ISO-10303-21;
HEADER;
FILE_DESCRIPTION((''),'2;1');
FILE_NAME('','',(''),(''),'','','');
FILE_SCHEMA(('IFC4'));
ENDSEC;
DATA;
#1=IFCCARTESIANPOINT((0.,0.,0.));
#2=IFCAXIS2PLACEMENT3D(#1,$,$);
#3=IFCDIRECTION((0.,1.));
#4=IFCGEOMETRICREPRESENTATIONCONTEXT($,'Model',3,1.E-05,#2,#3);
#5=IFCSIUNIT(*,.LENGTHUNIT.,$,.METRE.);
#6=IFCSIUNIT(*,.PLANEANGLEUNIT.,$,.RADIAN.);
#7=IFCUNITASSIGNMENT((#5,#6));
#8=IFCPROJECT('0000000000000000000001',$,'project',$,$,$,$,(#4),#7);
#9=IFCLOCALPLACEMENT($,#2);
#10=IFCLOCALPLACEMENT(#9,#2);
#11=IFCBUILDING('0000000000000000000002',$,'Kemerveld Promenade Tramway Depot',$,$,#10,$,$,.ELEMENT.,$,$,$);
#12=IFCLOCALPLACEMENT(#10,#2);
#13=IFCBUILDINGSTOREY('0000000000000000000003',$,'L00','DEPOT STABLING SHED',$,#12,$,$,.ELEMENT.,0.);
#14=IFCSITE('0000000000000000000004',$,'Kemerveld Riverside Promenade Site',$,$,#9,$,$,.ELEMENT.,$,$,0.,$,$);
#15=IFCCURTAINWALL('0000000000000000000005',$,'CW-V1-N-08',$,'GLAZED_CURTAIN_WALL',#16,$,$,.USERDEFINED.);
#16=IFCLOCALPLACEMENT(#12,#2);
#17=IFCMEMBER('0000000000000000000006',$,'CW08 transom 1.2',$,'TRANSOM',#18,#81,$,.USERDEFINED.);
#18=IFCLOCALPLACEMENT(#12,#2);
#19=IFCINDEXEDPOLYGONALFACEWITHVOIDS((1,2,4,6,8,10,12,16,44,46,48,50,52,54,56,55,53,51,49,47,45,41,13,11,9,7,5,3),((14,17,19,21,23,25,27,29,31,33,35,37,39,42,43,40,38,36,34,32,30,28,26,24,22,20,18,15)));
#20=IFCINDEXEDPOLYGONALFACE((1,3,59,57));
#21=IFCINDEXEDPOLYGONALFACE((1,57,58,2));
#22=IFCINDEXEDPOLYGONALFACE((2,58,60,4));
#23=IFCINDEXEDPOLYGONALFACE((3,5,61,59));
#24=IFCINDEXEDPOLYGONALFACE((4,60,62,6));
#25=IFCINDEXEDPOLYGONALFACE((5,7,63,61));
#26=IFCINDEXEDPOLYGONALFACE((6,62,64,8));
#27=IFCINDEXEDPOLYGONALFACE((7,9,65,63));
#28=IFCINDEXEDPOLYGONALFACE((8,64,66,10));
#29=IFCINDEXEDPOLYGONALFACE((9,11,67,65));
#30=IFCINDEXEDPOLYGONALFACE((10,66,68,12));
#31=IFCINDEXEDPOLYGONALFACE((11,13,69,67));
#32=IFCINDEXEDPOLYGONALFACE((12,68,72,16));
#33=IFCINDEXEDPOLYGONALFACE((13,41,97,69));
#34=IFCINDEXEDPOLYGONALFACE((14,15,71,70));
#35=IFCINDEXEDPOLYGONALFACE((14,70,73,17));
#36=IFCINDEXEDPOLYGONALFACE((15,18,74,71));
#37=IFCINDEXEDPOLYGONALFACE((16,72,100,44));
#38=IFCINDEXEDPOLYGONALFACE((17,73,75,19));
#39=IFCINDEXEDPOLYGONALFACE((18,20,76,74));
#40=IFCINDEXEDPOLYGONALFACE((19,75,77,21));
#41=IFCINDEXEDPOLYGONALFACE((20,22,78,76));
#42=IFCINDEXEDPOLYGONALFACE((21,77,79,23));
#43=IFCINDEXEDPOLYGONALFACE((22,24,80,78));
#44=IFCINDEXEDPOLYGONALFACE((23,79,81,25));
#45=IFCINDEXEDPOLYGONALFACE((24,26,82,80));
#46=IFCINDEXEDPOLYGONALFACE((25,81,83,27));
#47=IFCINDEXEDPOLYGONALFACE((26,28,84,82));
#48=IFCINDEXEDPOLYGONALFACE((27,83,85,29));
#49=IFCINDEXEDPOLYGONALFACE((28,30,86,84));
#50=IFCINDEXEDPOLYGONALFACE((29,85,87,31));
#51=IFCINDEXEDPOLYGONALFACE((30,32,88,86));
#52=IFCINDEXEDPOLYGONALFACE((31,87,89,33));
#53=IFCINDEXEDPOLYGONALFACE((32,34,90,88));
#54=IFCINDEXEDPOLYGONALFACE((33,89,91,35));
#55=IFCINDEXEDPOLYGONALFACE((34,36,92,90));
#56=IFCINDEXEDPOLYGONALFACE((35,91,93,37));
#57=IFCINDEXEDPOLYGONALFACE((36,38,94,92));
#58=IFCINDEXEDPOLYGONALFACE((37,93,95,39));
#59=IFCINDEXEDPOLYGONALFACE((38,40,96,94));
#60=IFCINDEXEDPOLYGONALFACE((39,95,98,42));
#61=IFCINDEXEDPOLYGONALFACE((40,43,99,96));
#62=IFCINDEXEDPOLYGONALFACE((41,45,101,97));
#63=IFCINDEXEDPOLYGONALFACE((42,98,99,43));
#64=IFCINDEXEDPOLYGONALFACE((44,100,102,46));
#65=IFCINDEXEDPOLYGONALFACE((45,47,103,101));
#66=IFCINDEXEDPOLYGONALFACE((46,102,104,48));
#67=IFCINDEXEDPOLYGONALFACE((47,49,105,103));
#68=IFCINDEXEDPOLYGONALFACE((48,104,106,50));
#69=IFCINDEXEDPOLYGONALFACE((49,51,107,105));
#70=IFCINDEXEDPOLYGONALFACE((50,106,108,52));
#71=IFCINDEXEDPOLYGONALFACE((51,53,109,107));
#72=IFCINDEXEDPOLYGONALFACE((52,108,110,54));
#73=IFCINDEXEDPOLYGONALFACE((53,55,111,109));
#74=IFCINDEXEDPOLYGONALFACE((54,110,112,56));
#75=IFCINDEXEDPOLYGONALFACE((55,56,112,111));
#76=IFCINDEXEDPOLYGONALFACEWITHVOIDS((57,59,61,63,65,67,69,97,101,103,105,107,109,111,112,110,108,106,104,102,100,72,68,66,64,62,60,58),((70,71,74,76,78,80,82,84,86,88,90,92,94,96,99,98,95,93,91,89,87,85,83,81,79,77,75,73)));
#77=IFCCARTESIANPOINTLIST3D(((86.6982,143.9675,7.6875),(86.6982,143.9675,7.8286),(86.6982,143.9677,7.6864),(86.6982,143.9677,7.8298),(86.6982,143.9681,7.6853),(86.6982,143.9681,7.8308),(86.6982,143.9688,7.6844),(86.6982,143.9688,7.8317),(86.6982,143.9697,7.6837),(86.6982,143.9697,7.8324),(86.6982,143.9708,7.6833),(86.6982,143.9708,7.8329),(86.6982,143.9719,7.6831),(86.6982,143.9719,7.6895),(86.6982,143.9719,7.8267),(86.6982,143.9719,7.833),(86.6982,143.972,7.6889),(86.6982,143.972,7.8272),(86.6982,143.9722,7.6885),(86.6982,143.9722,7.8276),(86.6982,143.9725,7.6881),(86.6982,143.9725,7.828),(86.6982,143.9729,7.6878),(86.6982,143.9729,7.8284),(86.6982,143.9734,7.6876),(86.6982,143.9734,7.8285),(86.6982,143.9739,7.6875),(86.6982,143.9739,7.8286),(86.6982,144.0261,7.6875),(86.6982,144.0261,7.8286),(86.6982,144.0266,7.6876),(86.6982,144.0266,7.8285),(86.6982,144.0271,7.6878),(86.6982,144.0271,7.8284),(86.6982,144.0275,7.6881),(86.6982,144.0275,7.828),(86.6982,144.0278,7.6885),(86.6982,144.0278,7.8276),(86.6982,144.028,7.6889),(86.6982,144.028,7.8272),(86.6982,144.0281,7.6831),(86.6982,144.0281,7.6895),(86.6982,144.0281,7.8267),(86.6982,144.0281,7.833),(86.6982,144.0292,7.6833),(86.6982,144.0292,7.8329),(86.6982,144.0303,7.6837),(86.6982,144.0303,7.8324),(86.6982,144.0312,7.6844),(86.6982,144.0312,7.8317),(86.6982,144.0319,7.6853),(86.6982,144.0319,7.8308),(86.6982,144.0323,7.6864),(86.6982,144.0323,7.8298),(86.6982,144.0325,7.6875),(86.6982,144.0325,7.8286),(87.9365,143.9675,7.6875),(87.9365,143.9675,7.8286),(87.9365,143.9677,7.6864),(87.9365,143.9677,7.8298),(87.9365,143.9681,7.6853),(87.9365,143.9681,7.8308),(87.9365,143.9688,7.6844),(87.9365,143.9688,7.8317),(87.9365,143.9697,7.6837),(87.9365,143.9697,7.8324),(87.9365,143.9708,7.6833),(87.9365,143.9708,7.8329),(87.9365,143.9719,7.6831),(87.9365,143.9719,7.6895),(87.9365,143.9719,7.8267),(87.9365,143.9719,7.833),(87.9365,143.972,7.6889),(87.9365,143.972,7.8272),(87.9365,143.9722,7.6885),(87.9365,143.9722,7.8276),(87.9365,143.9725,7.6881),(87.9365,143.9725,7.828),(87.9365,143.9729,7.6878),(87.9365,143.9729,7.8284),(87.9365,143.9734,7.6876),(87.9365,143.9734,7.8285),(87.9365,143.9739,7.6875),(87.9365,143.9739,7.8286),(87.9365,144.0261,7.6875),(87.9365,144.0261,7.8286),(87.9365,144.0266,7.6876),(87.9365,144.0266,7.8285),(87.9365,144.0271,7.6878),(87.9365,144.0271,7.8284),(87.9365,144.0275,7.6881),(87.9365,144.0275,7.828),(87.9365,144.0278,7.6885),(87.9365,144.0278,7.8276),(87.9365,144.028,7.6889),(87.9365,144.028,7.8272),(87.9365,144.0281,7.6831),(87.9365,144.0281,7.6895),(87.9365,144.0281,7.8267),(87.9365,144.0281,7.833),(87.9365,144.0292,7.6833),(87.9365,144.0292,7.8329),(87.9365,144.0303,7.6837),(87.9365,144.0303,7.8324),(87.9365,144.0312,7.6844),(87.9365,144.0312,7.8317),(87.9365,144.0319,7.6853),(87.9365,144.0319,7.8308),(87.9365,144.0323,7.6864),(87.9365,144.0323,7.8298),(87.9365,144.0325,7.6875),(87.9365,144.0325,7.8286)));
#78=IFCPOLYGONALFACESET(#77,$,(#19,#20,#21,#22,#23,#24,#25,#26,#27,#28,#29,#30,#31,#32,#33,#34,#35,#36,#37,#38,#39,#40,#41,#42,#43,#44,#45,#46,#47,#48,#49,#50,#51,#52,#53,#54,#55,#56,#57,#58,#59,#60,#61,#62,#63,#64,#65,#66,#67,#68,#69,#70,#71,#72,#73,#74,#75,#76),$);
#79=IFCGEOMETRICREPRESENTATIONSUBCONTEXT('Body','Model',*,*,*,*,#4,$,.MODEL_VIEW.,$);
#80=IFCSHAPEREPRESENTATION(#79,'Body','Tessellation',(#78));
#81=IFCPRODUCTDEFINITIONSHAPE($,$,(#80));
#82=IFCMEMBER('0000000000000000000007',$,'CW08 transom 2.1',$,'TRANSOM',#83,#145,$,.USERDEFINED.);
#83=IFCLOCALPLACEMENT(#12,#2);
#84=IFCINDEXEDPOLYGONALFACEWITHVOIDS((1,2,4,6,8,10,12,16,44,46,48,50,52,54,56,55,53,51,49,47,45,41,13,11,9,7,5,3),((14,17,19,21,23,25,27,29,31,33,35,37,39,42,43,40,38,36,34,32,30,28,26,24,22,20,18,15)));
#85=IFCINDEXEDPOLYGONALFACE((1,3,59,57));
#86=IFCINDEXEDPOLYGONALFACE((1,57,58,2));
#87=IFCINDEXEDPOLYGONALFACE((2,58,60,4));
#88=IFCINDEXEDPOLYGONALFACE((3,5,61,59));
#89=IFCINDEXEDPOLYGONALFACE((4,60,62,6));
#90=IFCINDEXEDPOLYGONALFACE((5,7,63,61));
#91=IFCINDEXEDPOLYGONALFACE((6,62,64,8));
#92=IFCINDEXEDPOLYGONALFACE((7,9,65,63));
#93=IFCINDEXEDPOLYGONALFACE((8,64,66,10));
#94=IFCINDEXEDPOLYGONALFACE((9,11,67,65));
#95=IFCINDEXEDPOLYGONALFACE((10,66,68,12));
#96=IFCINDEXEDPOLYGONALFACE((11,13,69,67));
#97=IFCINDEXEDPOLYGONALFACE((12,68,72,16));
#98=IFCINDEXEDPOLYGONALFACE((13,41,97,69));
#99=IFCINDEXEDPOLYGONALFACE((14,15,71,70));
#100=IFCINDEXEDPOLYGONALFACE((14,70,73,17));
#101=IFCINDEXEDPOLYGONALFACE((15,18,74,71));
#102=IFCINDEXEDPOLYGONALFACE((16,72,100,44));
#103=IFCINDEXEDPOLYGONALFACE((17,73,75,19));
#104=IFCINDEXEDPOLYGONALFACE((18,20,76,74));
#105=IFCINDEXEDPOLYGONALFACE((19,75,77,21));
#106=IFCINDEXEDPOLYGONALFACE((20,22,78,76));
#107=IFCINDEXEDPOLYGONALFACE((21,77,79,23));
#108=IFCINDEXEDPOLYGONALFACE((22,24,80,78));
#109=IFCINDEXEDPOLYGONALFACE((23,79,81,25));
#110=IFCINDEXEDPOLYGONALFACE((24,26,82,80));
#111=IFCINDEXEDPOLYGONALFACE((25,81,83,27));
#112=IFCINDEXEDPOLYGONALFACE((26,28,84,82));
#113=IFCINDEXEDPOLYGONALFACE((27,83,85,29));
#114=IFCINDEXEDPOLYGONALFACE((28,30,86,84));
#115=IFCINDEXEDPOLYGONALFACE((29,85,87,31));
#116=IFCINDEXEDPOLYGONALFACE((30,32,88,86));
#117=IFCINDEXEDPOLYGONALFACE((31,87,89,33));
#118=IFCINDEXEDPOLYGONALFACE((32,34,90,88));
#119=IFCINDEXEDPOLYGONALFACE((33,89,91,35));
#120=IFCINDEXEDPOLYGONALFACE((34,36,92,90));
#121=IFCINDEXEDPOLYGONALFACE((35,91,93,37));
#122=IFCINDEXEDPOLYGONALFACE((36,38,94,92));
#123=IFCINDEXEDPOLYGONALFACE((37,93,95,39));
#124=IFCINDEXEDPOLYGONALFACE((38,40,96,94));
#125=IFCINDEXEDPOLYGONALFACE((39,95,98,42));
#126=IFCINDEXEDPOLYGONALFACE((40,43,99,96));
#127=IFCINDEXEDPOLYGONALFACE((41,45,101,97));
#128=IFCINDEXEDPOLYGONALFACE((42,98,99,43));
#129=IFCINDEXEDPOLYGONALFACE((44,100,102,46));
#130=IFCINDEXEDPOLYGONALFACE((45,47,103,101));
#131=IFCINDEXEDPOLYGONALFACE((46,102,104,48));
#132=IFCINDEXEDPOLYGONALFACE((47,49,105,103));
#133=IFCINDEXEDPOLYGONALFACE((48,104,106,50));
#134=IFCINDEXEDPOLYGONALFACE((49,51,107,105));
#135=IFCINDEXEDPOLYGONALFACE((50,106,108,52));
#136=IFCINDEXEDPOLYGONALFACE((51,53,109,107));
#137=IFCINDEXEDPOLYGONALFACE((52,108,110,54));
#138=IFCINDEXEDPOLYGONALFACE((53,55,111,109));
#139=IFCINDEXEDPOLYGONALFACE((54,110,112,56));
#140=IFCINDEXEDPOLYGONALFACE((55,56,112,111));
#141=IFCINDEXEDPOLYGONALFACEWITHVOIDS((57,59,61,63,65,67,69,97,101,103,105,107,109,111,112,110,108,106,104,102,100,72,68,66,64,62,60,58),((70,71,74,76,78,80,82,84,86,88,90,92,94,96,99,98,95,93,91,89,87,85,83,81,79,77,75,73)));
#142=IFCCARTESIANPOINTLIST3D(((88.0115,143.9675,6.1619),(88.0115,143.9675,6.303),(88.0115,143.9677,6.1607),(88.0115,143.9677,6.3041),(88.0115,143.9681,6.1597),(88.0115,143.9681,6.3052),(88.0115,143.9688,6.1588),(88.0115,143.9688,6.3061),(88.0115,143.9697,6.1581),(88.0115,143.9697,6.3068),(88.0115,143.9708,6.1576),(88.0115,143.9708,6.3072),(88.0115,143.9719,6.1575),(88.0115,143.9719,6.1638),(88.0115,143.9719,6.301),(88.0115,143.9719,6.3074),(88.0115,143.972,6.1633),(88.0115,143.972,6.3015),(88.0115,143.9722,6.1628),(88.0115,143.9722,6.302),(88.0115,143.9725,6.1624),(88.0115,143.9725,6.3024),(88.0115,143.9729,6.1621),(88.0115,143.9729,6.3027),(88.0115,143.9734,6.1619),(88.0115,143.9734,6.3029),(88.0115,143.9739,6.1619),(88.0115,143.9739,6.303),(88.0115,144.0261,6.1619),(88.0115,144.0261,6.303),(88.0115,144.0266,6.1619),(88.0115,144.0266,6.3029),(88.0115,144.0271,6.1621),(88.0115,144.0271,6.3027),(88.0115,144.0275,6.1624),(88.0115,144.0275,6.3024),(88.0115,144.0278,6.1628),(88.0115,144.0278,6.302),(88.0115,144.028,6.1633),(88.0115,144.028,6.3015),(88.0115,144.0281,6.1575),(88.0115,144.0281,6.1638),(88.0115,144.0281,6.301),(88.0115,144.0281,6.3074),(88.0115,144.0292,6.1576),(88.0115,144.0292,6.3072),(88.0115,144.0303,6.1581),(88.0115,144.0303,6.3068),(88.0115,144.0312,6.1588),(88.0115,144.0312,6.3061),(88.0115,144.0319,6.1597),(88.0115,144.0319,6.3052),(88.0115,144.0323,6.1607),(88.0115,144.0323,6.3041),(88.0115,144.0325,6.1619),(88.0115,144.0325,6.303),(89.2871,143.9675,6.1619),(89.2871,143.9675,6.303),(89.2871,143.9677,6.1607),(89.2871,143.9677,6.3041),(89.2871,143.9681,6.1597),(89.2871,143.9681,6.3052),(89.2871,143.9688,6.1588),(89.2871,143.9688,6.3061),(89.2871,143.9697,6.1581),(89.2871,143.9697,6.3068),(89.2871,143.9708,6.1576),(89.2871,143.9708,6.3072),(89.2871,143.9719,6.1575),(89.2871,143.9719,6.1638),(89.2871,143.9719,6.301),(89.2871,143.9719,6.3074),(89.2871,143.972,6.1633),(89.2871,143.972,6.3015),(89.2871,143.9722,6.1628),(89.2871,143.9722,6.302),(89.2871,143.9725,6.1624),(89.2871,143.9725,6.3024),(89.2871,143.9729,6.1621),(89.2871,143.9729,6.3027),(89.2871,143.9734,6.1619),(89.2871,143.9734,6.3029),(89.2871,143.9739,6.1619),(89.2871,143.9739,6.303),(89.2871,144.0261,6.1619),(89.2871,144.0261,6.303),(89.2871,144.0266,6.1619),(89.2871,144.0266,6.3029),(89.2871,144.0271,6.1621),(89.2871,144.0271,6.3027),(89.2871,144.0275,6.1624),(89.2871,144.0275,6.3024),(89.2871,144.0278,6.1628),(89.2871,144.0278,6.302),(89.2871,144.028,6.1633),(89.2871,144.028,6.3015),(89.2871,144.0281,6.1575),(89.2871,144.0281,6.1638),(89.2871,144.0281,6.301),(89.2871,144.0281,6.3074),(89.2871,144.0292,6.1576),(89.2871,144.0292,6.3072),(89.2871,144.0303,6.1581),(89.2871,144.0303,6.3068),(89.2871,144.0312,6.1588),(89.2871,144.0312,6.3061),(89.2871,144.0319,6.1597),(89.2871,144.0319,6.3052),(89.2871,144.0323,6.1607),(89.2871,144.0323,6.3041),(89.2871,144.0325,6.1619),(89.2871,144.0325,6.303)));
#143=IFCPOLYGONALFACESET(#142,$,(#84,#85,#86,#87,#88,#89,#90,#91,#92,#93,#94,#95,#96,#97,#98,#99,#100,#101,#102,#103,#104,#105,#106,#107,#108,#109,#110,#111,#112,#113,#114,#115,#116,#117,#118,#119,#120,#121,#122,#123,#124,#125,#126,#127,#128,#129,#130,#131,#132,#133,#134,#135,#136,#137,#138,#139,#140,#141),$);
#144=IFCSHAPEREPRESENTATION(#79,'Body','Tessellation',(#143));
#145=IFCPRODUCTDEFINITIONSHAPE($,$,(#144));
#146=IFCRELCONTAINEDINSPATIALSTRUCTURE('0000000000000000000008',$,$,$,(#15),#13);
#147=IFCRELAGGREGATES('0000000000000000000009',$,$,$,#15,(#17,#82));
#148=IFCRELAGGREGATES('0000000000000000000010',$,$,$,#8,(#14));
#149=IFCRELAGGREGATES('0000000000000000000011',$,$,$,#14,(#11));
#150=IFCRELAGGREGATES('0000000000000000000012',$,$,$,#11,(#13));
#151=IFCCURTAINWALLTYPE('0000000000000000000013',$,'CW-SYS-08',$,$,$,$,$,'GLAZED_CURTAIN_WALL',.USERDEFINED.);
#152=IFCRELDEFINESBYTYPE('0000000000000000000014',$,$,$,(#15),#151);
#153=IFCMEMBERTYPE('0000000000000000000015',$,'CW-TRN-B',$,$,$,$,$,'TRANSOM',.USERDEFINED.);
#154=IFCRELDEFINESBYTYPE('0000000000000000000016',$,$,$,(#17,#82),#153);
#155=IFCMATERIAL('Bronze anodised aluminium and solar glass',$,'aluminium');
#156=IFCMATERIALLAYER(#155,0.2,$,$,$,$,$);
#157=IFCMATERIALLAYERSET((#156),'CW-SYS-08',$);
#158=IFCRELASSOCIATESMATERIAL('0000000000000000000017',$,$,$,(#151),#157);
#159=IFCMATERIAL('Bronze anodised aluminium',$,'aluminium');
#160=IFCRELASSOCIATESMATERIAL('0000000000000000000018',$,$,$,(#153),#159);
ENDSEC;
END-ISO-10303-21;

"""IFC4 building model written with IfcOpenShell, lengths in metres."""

from ifc_helpers import new_model, si_unit, direction, frame, origin, origin_2d, place, context, subcontext, project, spatial, hollow_rectangle, extrude, material, layer, layer_set, material_profile, profile_set, type_object, element, aggregate, save


model = new_model("IFC4")

# Units and contexts
model_context = context("Model", 3, precision=1e-05, world=origin(), true_north=direction((0.0, 1.0)))
body_context = subcontext(model_context, "Body", "Model", "MODEL_VIEW")
ifc_project = project(units=[si_unit("LENGTHUNIT", "METRE"), si_unit("PLANEANGLEUNIT", "RADIAN")], contexts=[model_context])

# Site, building, storey
site_placement = place(None, origin())
site = spatial("IfcSite", under=ifc_project, at=site_placement, Name="Kemerveld Riverside Promenade Site", CompositionType="ELEMENT", RefElevation=0.0)
building_placement = place(site_placement, origin())
building = spatial("IfcBuilding", under=site, at=building_placement, Name="Kemerveld Promenade Tramway Depot", CompositionType="ELEMENT")
storey_placement = place(building_placement, origin())
storey = spatial("IfcBuildingStorey", under=building, at=storey_placement, Name="L00", Description="DEPOT STABLING SHED", CompositionType="ELEMENT", Elevation=0.0)

# Shared definitions
ifc_material_1 = material(Name="Bronze anodised aluminium and solar glass", Category="aluminium")
ifc_material_2 = material(Name="Bronze anodised aluminium", Category="aluminium")

# Curtain wall
ifc_layer_1 = layer(ifc_material_1, 0.2)
ifc_layer_set_1 = layer_set([ifc_layer_1], Name="CW-SYS-08")
curtain_wall_type_1 = type_object("IfcCurtainWallType", Name="CW-SYS-08", ElementType="GLAZED_CURTAIN_WALL", PredefinedType="USERDEFINED", material=ifc_layer_set_1)
curtain_wall_1_placement = place(storey_placement, origin())
curtain_wall_1 = element("IfcCurtainWall", 1, at=curtain_wall_1_placement, inside=storey, type_object=curtain_wall_type_1, Name="CW-V1-N-08", ObjectType="GLAZED_CURTAIN_WALL", PredefinedType="USERDEFINED")

# Members
ifc_material_profile_1 = material_profile(ifc_material_2, hollow_rectangle(XDim=0.0649, YDim=0.1499, WallThickness=0.0044, InnerFilletRadius=0.002, OuterFilletRadius=0.0044, at=origin_2d()), Name="CW-TRN-150x65")
ifc_profile_set_1 = profile_set([ifc_material_profile_1], Name="Bronze anodised aluminium")
member_type_1 = type_object("IfcMemberType", Name="CW-TRN-B", ElementType="TRANSOM", PredefinedType="USERDEFINED", material=ifc_profile_set_1)
member_1_placement = place(storey_placement, frame((86.6982, 144.0, 7.7581), z_axis=(1.0, 0.0, 0.0), x_axis=(0.0, 1.0, 0.0)))
member_1 = element("IfcMember", 2, at=member_1_placement, type_object=member_type_1, Name="CW08 transom 1.2", ObjectType="TRANSOM", PredefinedType="USERDEFINED", context=body_context, shape_type="SweptSolid", body=[
    extrude(hollow_rectangle(XDim=0.0649, YDim=0.1499, WallThickness=0.0044, InnerFilletRadius=0.002, OuterFilletRadius=0.0044, at=origin_2d()), origin(), (0.0, 0.0, 1.0), 1.2383),
])
member_2_placement = place(storey_placement, frame((88.0115, 144.0, 6.2324), z_axis=(1.0, 0.0, 0.0), x_axis=(0.0, 1.0, 0.0)))
member_2 = element("IfcMember", 3, at=member_2_placement, type_object=member_type_1, Name="CW08 transom 2.1", ObjectType="TRANSOM", PredefinedType="USERDEFINED", context=body_context, shape_type="SweptSolid", body=[
    extrude(hollow_rectangle(XDim=0.0649, YDim=0.1499, WallThickness=0.0044, InnerFilletRadius=0.002, OuterFilletRadius=0.0044, at=origin_2d()), origin(), (0.0, 0.0, 1.0), 1.2756),
])

aggregate(curtain_wall_1, [member_1, member_2])

save(model, "model.ifc")
